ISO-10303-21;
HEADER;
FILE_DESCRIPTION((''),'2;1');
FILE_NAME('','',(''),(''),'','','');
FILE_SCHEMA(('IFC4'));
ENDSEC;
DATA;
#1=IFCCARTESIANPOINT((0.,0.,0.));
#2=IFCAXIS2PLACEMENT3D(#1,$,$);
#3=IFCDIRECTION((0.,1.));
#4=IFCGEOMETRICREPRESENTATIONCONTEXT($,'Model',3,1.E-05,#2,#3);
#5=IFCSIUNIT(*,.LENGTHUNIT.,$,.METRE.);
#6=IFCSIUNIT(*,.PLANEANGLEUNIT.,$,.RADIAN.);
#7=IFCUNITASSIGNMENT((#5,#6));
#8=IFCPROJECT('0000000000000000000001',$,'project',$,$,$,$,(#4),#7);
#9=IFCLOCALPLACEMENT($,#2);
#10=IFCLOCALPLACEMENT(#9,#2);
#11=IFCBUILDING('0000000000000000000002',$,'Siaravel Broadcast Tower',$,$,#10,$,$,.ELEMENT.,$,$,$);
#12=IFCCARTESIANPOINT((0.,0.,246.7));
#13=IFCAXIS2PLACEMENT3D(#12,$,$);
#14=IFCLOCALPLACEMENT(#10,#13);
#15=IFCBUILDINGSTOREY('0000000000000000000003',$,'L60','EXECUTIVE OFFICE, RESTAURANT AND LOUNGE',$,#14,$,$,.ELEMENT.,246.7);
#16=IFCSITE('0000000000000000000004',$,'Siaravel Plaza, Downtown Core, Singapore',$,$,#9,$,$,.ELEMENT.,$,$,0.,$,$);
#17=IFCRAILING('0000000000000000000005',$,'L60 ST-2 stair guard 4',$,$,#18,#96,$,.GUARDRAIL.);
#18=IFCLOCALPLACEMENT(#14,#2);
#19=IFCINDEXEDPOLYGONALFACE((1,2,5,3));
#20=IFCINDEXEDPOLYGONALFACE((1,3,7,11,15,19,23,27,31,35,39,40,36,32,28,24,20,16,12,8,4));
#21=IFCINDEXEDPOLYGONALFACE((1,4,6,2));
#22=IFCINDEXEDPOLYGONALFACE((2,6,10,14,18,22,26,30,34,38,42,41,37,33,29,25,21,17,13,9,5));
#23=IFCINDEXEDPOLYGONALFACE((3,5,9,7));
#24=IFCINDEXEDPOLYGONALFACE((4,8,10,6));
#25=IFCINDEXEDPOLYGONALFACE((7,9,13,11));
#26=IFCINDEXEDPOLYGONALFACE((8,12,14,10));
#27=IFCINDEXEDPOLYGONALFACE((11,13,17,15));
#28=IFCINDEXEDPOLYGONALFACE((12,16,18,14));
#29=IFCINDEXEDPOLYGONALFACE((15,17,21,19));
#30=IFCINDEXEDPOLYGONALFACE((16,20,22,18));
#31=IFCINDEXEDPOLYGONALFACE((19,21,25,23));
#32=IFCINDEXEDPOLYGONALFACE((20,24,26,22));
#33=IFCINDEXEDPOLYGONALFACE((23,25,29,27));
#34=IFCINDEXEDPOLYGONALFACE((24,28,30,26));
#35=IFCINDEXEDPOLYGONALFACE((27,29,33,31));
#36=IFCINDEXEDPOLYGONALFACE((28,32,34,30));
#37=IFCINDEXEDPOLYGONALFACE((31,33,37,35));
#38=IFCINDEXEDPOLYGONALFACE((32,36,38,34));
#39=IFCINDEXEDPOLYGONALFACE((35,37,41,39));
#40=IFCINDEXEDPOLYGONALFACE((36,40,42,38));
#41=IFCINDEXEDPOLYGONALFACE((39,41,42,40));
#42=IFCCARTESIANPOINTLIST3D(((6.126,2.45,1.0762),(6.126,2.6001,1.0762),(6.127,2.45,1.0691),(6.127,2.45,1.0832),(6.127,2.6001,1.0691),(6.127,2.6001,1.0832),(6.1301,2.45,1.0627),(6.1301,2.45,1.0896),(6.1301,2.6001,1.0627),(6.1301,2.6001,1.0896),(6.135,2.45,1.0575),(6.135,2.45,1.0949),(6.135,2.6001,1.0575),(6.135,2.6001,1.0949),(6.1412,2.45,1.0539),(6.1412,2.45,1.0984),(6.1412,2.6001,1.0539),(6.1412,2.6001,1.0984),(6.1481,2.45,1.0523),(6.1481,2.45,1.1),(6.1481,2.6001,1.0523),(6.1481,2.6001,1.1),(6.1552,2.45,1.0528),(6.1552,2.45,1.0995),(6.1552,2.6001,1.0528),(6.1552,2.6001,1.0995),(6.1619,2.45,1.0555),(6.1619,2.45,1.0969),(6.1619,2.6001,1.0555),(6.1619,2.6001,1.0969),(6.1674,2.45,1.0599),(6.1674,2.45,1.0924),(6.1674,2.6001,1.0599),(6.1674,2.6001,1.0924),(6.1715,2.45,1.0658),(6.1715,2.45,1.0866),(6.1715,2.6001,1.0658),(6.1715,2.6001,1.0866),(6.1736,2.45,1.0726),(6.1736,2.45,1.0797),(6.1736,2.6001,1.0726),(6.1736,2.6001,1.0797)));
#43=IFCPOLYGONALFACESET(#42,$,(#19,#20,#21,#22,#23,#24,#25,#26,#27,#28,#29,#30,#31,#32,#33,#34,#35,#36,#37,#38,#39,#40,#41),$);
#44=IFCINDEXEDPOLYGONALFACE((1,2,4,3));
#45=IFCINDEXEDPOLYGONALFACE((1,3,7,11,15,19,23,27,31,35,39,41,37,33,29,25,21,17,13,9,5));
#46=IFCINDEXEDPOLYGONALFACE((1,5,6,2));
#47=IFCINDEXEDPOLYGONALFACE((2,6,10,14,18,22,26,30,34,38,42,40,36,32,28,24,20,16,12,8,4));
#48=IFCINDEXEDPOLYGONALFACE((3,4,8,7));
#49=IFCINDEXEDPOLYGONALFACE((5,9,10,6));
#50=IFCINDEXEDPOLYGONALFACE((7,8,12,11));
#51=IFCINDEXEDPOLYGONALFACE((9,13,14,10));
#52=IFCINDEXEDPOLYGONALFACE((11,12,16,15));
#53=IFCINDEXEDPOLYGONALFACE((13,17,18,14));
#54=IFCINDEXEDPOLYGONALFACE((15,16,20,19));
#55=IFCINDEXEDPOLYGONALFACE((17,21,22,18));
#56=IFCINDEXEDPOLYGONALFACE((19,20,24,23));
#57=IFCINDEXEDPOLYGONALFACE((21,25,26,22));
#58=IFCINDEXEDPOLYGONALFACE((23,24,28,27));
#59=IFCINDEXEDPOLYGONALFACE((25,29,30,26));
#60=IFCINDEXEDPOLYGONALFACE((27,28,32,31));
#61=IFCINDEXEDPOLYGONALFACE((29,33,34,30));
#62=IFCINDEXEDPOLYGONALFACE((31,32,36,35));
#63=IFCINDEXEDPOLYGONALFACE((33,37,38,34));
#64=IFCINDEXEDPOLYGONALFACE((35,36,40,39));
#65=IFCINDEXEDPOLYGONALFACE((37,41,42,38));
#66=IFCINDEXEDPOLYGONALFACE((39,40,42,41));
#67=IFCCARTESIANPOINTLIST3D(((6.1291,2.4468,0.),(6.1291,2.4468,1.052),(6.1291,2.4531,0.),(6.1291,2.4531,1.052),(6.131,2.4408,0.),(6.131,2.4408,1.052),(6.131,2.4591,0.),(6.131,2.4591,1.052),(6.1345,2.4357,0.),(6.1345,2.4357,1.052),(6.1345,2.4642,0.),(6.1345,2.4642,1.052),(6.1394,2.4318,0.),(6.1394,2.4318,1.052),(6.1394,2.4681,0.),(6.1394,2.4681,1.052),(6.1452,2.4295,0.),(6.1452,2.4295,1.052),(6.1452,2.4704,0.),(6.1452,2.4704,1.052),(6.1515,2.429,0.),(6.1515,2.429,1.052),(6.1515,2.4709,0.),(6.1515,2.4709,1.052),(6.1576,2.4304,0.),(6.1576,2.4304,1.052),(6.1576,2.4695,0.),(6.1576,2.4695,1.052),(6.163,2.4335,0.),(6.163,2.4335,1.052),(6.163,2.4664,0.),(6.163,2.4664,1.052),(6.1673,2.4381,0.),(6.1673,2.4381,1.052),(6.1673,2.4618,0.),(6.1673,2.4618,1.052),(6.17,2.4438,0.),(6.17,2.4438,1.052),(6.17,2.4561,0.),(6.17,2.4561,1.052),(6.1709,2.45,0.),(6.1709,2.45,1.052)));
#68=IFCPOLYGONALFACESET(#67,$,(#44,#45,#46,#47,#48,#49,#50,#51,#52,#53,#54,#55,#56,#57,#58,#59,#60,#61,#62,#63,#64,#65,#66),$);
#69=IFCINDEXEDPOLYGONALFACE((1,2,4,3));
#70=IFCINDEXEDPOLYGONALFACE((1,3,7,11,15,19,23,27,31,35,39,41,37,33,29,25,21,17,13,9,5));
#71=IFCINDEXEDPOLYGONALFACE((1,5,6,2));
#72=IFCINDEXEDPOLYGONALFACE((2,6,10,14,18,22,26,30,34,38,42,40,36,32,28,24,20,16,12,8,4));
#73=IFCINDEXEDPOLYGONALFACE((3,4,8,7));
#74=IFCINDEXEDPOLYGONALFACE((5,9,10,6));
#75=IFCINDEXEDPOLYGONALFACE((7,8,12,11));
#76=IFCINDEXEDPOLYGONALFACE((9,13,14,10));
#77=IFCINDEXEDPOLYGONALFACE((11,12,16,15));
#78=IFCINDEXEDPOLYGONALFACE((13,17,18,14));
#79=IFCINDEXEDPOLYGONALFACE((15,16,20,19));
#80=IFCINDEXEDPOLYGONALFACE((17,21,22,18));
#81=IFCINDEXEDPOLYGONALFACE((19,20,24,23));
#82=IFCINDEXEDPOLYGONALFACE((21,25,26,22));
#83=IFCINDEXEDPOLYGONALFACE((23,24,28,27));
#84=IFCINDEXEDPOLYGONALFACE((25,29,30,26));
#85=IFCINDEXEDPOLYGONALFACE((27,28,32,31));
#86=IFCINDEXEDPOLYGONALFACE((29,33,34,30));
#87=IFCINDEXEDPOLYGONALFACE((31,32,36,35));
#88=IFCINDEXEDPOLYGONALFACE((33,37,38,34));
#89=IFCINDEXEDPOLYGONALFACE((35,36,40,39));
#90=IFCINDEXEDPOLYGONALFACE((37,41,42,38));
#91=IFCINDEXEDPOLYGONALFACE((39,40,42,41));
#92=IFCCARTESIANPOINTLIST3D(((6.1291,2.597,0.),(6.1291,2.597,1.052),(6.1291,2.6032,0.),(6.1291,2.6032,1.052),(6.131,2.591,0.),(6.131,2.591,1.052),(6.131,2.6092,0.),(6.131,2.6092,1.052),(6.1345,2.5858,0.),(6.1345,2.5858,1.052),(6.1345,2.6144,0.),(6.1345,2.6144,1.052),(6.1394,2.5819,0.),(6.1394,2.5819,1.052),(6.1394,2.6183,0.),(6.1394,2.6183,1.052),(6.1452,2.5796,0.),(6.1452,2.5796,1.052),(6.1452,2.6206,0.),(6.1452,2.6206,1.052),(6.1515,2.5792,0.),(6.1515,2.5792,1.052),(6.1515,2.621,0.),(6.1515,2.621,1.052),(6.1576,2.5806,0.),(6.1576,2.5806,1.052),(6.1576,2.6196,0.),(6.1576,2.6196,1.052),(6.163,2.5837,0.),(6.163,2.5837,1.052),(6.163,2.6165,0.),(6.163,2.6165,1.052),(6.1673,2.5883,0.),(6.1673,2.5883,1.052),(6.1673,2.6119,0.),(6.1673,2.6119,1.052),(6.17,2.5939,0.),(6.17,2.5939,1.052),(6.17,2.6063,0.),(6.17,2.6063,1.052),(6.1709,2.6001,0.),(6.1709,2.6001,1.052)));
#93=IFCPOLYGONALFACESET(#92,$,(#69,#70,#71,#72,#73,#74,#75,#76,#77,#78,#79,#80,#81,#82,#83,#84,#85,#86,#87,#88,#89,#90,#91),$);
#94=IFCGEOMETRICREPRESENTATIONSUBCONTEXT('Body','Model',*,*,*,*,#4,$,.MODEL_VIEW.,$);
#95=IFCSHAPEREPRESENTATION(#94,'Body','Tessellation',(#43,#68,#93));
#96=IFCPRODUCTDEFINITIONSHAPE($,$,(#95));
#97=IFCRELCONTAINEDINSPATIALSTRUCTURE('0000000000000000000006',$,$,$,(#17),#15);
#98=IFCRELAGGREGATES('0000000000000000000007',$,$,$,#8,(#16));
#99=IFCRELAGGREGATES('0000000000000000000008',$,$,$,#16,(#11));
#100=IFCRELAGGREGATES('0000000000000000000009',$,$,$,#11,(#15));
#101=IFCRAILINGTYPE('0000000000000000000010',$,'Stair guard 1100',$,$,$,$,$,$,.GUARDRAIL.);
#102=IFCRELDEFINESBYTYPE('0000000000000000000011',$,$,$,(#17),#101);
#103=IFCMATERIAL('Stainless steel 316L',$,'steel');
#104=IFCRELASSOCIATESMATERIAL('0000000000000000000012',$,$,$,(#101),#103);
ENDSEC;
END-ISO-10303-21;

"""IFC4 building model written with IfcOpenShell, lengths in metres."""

from ifc_helpers import new_model, si_unit, direction, frame, origin, origin_2d, place, context, subcontext, project, spatial, circle, extrude, material, type_object, element, save


model = new_model("IFC4")

# Units and contexts
model_context = context("Model", 3, precision=1e-05, world=origin(), true_north=direction((0.0, 1.0)))
body_context = subcontext(model_context, "Body", "Model", "MODEL_VIEW")
ifc_project = project(units=[si_unit("LENGTHUNIT", "METRE"), si_unit("PLANEANGLEUNIT", "RADIAN")], contexts=[model_context])

# Site, building, storey
site_placement = place(None, origin())
site = spatial("IfcSite", under=ifc_project, at=site_placement, Name="Siaravel Plaza, Downtown Core, Singapore", CompositionType="ELEMENT", RefElevation=0.0)
building_placement = place(site_placement, origin())
building = spatial("IfcBuilding", under=site, at=building_placement, Name="Siaravel Broadcast Tower", CompositionType="ELEMENT")
storey_placement = place(building_placement, frame((0.0, 0.0, 246.7)))
storey = spatial("IfcBuildingStorey", under=building, at=storey_placement, Name="L60", Description="EXECUTIVE OFFICE, RESTAURANT AND LOUNGE", CompositionType="ELEMENT", Elevation=246.7)

# Railing
ifc_material_1 = material(Name="Stainless steel 316L", Category="steel")
railing_type_1 = type_object("IfcRailingType", Name="Stair guard 1100", PredefinedType="GUARDRAIL", material=ifc_material_1)
railing_1_placement = place(storey_placement, frame((6.1499, 2.45, 0.0)))
element("IfcRailing", 1, at=railing_1_placement, inside=storey, type_object=railing_type_1, Name="L60 ST-2 stair guard 4", PredefinedType="GUARDRAIL", context=body_context, shape_type="SweptSolid", body=[
    extrude(circle(Radius=0.0239, at=origin_2d()), frame((0.0, 0.0, 1.0762), z_axis=(0.0, 1.0, 0.0), x_axis=(-1.0, 0.0, 0.0)), (0.0, 0.0, 1.0), 0.1501),
    extrude(circle(Radius=0.021, at=origin_2d()), origin(), (0.0, 0.0, 1.0), 1.052),
    extrude(circle(Radius=0.021, at=origin_2d()), frame((0.0, 0.1501, 0.0)), (0.0, 0.0, 1.0), 1.052),
])

save(model, "model.ifc")
